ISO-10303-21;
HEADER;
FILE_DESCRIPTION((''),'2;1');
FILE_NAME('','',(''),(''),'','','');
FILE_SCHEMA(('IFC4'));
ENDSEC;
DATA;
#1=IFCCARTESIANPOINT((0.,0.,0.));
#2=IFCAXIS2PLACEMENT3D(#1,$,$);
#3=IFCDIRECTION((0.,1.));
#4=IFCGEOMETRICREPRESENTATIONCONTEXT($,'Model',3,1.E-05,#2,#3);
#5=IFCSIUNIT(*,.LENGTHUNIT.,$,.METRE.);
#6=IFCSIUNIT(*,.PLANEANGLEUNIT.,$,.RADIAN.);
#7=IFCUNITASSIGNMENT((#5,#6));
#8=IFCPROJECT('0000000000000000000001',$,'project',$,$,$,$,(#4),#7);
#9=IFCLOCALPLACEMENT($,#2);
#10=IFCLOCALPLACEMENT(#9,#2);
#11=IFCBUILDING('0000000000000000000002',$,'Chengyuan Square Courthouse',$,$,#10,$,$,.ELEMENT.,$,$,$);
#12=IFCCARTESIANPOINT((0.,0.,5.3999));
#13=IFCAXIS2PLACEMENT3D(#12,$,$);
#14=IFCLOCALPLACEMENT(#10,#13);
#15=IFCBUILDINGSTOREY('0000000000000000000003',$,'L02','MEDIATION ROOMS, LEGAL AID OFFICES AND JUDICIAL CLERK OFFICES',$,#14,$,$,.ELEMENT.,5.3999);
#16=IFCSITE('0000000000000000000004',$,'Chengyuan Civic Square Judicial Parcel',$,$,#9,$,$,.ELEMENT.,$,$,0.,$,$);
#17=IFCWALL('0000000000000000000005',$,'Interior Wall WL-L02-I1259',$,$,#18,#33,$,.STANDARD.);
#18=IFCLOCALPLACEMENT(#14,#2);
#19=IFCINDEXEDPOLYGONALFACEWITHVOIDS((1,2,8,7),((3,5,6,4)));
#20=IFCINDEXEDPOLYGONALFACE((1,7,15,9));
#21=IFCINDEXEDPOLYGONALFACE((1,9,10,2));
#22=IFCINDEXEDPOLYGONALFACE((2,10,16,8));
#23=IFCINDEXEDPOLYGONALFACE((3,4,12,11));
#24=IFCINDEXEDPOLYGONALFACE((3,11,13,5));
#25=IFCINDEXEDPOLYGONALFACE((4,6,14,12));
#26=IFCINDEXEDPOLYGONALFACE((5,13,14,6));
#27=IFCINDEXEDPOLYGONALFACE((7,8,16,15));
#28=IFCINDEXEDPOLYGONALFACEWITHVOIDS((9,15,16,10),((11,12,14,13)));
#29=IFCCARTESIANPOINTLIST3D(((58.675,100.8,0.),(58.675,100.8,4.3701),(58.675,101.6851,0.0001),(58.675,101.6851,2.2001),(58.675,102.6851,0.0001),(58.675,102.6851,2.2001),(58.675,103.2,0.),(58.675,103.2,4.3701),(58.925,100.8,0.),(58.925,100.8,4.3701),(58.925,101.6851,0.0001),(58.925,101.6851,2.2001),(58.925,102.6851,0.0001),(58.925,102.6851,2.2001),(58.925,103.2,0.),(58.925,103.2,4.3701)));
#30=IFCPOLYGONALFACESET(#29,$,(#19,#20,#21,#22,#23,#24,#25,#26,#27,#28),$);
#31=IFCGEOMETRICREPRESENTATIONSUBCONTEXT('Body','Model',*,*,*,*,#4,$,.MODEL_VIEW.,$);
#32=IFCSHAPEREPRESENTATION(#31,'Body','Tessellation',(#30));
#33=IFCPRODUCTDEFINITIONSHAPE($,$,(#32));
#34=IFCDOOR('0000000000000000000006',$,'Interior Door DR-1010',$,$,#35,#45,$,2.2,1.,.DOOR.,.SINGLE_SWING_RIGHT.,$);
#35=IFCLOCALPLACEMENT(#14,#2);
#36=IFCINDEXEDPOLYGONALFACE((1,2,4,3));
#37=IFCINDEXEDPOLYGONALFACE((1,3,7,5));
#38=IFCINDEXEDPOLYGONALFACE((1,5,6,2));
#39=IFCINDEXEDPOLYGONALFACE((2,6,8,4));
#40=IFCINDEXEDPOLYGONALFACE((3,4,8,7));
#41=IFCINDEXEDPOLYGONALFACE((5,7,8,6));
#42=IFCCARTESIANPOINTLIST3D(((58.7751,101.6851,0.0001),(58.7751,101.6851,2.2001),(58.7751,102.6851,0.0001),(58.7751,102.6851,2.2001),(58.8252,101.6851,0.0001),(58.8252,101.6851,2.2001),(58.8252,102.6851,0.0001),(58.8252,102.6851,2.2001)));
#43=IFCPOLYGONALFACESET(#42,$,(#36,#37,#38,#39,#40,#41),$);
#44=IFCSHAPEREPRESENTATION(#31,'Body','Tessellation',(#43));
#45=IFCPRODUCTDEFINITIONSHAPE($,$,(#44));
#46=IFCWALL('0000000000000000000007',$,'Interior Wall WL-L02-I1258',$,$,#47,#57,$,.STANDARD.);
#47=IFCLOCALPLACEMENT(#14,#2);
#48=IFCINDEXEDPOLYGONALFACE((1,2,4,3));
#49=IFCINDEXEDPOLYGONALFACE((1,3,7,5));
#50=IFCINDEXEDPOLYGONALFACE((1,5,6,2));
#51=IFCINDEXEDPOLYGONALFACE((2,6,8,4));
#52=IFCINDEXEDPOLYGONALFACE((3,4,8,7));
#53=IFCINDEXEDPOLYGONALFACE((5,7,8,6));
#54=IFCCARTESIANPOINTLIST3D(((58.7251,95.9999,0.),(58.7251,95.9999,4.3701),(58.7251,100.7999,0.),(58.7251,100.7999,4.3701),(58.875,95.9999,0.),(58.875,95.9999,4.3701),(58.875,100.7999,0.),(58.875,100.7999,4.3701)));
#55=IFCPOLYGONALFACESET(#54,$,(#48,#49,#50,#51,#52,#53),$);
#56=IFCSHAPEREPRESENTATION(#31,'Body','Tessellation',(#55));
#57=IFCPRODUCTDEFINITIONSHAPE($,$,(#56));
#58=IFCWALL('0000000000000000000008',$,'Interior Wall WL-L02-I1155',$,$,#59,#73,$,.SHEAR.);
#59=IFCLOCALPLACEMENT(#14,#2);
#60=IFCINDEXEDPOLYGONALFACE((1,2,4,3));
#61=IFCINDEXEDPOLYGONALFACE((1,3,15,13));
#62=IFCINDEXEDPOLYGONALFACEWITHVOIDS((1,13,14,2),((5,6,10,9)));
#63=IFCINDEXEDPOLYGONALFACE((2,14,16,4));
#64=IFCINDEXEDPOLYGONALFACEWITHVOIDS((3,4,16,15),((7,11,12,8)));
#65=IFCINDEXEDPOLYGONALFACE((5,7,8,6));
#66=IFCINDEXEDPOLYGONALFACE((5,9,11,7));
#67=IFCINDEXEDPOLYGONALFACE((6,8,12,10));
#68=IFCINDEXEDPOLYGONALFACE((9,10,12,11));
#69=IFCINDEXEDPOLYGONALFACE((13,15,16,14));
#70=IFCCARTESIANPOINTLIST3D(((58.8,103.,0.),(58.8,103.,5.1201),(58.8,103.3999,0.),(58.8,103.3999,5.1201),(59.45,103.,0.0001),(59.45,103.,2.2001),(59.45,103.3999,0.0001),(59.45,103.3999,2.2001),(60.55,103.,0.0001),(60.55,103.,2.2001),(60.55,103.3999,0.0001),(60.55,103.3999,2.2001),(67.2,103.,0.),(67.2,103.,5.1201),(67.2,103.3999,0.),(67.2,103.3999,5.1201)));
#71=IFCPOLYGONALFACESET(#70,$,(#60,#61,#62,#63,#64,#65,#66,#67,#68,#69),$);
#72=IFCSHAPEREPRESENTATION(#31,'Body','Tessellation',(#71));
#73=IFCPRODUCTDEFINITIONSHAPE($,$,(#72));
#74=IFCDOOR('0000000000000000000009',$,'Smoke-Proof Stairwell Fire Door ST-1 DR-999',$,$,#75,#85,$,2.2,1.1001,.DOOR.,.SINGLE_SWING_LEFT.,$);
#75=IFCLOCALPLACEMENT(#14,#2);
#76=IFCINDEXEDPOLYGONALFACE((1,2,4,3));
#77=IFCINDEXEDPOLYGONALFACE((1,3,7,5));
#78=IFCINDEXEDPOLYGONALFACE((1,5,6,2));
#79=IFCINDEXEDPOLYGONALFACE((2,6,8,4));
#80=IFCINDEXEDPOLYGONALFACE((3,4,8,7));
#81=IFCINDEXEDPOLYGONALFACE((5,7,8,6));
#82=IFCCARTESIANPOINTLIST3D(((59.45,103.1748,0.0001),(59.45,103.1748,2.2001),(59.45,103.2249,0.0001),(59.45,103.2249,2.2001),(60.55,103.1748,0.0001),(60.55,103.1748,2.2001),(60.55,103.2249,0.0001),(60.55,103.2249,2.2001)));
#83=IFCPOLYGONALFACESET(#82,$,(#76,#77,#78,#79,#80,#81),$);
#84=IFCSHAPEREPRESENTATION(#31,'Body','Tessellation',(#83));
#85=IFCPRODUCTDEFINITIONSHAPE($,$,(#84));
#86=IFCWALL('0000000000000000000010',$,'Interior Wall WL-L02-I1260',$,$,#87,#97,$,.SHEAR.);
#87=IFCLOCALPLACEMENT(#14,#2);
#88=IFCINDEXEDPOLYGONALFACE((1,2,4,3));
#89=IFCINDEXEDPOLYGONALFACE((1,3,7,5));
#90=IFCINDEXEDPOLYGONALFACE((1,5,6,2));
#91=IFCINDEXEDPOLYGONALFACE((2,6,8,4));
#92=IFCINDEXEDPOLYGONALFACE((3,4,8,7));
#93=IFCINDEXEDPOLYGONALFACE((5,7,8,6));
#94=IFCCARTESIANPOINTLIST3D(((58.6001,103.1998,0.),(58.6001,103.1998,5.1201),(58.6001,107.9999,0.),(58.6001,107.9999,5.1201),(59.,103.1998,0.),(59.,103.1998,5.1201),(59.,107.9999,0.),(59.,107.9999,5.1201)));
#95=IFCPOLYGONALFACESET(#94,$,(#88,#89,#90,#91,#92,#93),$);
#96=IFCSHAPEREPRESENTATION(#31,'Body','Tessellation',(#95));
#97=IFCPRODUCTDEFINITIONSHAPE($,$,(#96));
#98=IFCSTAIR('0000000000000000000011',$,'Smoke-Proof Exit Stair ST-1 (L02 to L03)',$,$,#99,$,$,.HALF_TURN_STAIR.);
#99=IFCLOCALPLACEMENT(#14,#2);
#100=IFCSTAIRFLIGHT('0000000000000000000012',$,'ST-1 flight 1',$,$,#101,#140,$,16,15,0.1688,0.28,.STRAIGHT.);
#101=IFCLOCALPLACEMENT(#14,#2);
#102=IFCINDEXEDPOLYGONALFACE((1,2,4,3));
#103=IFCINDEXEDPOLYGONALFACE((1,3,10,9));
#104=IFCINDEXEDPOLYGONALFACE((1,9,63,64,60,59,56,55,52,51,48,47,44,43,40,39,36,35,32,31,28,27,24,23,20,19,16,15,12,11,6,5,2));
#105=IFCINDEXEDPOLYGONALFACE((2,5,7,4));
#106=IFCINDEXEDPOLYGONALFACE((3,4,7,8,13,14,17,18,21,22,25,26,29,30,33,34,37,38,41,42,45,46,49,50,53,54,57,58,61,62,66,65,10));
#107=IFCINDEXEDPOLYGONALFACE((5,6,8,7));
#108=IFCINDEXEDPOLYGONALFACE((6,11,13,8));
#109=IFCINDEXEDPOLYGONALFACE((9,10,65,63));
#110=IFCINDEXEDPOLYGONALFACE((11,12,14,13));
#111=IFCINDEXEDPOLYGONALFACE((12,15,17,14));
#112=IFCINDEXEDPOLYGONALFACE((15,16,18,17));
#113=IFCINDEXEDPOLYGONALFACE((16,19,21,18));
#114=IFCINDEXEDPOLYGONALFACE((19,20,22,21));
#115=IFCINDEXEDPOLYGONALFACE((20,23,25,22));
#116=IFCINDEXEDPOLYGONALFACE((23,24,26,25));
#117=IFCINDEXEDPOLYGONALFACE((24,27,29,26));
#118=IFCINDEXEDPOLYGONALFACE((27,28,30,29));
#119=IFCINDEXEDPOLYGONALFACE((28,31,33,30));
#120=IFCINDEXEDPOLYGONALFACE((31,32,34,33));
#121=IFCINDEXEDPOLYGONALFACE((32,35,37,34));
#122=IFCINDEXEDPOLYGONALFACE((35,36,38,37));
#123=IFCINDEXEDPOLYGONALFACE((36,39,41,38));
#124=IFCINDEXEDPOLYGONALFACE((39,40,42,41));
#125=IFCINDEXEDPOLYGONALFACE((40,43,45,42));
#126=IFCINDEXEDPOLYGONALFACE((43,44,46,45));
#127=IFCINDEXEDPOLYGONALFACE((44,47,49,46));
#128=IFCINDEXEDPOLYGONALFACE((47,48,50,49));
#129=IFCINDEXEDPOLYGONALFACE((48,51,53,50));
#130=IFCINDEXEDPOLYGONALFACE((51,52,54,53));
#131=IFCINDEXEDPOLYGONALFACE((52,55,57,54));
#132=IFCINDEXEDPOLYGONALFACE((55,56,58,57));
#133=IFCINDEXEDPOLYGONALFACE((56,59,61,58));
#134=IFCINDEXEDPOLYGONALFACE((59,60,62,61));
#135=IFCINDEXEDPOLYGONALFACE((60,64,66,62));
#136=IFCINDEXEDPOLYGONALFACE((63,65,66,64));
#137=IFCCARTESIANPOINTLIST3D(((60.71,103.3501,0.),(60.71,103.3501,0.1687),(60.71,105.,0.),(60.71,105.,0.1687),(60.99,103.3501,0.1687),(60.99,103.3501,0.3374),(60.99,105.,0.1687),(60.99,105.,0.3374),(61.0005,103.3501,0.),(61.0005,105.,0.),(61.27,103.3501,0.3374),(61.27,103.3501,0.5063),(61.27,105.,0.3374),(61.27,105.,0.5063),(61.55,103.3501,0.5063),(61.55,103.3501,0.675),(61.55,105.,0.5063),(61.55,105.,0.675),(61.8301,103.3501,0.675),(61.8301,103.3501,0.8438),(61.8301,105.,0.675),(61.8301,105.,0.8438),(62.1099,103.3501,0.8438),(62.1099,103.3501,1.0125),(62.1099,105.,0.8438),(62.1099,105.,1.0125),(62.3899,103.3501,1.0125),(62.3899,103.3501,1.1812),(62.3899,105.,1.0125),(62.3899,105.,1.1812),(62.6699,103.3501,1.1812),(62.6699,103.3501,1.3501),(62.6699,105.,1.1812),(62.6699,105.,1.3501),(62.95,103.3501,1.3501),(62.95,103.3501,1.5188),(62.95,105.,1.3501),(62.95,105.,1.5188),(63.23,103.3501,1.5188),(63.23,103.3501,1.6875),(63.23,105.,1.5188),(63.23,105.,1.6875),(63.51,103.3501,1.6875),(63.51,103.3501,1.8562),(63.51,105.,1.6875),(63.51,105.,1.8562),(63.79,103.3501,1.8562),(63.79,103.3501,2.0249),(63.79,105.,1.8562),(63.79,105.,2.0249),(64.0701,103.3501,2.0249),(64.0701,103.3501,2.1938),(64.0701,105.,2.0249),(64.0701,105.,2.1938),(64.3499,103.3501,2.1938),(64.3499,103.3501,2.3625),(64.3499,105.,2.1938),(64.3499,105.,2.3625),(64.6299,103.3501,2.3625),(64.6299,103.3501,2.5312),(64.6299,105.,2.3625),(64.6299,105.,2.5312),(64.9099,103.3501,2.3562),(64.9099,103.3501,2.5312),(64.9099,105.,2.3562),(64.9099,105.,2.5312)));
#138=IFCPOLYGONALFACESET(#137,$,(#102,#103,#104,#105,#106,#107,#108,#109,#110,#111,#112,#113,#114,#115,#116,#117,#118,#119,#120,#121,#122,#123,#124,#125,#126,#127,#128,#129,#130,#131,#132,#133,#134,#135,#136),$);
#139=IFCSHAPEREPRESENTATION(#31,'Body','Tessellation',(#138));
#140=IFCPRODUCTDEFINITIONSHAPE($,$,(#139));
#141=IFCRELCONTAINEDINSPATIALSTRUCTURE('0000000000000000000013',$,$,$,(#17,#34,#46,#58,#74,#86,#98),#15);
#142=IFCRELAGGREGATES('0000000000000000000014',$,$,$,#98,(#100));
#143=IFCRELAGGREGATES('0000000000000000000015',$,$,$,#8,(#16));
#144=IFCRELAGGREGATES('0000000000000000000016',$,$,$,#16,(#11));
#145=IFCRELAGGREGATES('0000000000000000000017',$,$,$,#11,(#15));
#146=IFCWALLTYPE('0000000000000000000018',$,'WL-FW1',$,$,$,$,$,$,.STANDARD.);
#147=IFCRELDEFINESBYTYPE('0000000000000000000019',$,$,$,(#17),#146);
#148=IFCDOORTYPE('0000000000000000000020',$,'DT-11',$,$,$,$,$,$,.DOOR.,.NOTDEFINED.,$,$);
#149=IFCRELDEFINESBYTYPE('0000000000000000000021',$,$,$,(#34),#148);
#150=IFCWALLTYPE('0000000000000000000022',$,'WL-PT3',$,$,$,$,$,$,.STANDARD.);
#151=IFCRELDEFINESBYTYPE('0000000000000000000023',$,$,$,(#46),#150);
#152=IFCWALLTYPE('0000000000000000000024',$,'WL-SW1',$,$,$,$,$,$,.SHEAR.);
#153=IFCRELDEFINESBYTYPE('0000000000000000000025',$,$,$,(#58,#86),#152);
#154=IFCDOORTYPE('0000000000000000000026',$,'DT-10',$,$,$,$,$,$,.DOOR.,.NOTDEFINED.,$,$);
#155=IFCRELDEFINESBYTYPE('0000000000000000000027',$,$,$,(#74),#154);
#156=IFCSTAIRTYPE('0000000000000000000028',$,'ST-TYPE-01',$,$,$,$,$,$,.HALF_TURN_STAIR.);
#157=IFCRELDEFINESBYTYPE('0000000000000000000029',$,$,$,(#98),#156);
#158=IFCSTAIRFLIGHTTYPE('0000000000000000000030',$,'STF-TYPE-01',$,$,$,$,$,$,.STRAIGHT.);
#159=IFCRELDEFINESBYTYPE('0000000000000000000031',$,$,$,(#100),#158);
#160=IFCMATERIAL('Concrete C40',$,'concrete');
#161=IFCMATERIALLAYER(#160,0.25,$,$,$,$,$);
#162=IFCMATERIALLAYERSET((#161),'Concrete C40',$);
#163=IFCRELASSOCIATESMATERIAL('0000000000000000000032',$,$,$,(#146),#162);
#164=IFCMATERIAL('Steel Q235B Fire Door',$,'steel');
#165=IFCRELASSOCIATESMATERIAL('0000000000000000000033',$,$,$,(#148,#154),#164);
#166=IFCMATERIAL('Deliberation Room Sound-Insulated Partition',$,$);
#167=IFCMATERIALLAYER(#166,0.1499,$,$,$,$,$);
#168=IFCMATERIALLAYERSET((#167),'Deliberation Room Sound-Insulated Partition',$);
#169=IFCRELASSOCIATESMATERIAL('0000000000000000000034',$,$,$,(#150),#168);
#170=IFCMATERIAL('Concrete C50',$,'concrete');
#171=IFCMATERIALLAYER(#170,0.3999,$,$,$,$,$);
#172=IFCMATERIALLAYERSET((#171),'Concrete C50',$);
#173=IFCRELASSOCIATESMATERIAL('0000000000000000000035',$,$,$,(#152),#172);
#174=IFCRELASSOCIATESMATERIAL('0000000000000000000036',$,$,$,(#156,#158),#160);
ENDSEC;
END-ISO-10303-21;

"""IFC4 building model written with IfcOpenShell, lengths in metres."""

from ifc_helpers import new_model, si_unit, direction, frame, frame_2d, origin, place, context, subcontext, project, spatial, polyline, rectangle, outline, extrude, material, layer, layer_set, type_object, element, fill, aggregate, save


model = new_model("IFC4")

# Units and contexts
model_context = context("Model", 3, precision=1e-05, world=origin(), true_north=direction((0.0, 1.0)))
body_context = subcontext(model_context, "Body", "Model", "MODEL_VIEW")
ifc_project = project(units=[si_unit("LENGTHUNIT", "METRE"), si_unit("PLANEANGLEUNIT", "RADIAN")], contexts=[model_context])

# Site, building, storey
site_placement = place(None, origin())
site = spatial("IfcSite", under=ifc_project, at=site_placement, Name="Chengyuan Civic Square Judicial Parcel", CompositionType="ELEMENT", RefElevation=0.0)
building_placement = place(site_placement, origin())
building = spatial("IfcBuilding", under=site, at=building_placement, Name="Chengyuan Square Courthouse", CompositionType="ELEMENT")
storey_placement = place(building_placement, frame((0.0, 0.0, 5.3999)))
storey = spatial("IfcBuildingStorey", under=building, at=storey_placement, Name="L02", Description="MEDIATION ROOMS, LEGAL AID OFFICES AND JUDICIAL CLERK OFFICES", CompositionType="ELEMENT", Elevation=5.3999)

# Shared definitions
ifc_material_1 = material(Name="Concrete C50", Category="concrete")

# Shared definitions
ifc_material_2 = material(Name="Concrete C40", Category="concrete")

# Wall, opening, door
ifc_layer_1 = layer(ifc_material_2, 0.25)
ifc_layer_set_1 = layer_set([ifc_layer_1], Name="Concrete C40")
wall_type_1 = type_object("IfcWallType", Name="WL-FW1", PredefinedType="STANDARD", material=ifc_layer_set_1)
ifc_material_3 = material(Name="Steel Q235B Fire Door", Category="steel")
wall_1_placement = place(storey_placement, frame((58.8, 100.8, 0.0), z_axis=(0.0, 0.0, 1.0), x_axis=(0.0, 1.0, 0.0)))
wall_1 = element("IfcWall", 1, at=wall_1_placement, inside=storey, type_object=wall_type_1, Name="Interior Wall WL-L02-I1259", PredefinedType="STANDARD", context=body_context, shape_type="SweptSolid", body=[
    extrude(rectangle(XDim=2.3999, YDim=0.25, at=frame_2d((1.2, 0.0))), origin(), (0.0, 0.0, 1.0), 4.3701),
])
opening_1_placement = place(wall_1_placement, frame((0.885, 0.0, 0.0)))
opening_1 = element("IfcOpeningElement", 2, at=opening_1_placement, cuts=wall_1, PredefinedType="OPENING", context=body_context, shape_type="SweptSolid", body=[
    extrude(rectangle(XDim=1.0, YDim=2.2, at=frame_2d((0.5, 1.1001))), frame((0.0, 0.137, 0.0), z_axis=(0.0, -1.0, 0.0), x_axis=(1.0, 0.0, 0.0)), (0.0, 0.0, 1.0), 0.2739),
])
door_type_1 = type_object("IfcDoorType", Name="DT-11", OperationType="NOTDEFINED", PredefinedType="DOOR", material=ifc_material_3)
door_1_placement = place(opening_1_placement, origin())
door_1 = element("IfcDoor", 3, at=door_1_placement, inside=storey, type_object=door_type_1, Name="Interior Door DR-1010", OperationType="SINGLE_SWING_RIGHT", OverallHeight=2.2, OverallWidth=1.0, PredefinedType="DOOR", context=body_context, shape_type="SweptSolid", body=[
    extrude(rectangle(XDim=1.0, YDim=2.2, at=frame_2d((0.5, 1.1001))), frame((0.0, 0.0249, 0.0), z_axis=(0.0, -1.0, 0.0), x_axis=(1.0, 0.0, 0.0)), (0.0, 0.0, 1.0), 0.05),
])
fill(opening_1, door_1)
ifc_material_4 = material(Name="Deliberation Room Sound-Insulated Partition")
ifc_layer_2 = layer(ifc_material_4, 0.1499)
ifc_layer_set_2 = layer_set([ifc_layer_2], Name="Deliberation Room Sound-Insulated Partition")
wall_type_2 = type_object("IfcWallType", Name="WL-PT3", PredefinedType="STANDARD", material=ifc_layer_set_2)

# Wall
wall_2_placement = place(storey_placement, frame((58.8, 96.0, 0.0), z_axis=(0.0, 0.0, 1.0), x_axis=(0.0, 1.0, 0.0)))
element("IfcWall", 4, at=wall_2_placement, inside=storey, type_object=wall_type_2, Name="Interior Wall WL-L02-I1258", PredefinedType="STANDARD", context=body_context, shape_type="SweptSolid", body=[
    extrude(rectangle(XDim=4.8, YDim=0.1499, at=frame_2d((2.3999, 0.0))), origin(), (0.0, 0.0, 1.0), 4.3701),
])

# Wall, opening, door
ifc_layer_3 = layer(ifc_material_1, 0.3999)
ifc_layer_set_3 = layer_set([ifc_layer_3], Name="Concrete C50")
wall_type_3 = type_object("IfcWallType", Name="WL-SW1", PredefinedType="SHEAR", material=ifc_layer_set_3)
wall_3_placement = place(storey_placement, frame((58.8, 103.2, 0.0), z_axis=(0.0, 0.0, 1.0), x_axis=(1.0, 0.0, 0.0)))
wall_3 = element("IfcWall", 5, at=wall_3_placement, inside=storey, type_object=wall_type_3, Name="Interior Wall WL-L02-I1155", PredefinedType="SHEAR", context=body_context, shape_type="SweptSolid", body=[
    extrude(rectangle(XDim=8.3999, YDim=0.3999, at=frame_2d((4.2, 0.0))), origin(), (0.0, 0.0, 1.0), 5.1201),
])
opening_2_placement = place(wall_3_placement, frame((0.6499, 0.0, 0.0)))
opening_2 = element("IfcOpeningElement", 6, at=opening_2_placement, cuts=wall_3, PredefinedType="OPENING", context=body_context, shape_type="SweptSolid", body=[
    extrude(rectangle(XDim=1.1001, YDim=2.2, at=frame_2d((0.55, 1.1001))), frame((0.0, 0.2119, 0.0), z_axis=(0.0, -1.0, 0.0), x_axis=(1.0, 0.0, 0.0)), (0.0, 0.0, 1.0), 0.4238),
])
door_type_2 = type_object("IfcDoorType", Name="DT-10", OperationType="NOTDEFINED", PredefinedType="DOOR", material=ifc_material_3)
door_2_placement = place(opening_2_placement, origin())
door_2 = element("IfcDoor", 7, at=door_2_placement, inside=storey, type_object=door_type_2, Name="Smoke-Proof Stairwell Fire Door ST-1 DR-999", OperationType="SINGLE_SWING_LEFT", OverallHeight=2.2, OverallWidth=1.1001, PredefinedType="DOOR", context=body_context, shape_type="SweptSolid", body=[
    extrude(rectangle(XDim=1.1001, YDim=2.2, at=frame_2d((0.55, 1.1001))), frame((0.0, 0.0249, 0.0), z_axis=(0.0, -1.0, 0.0), x_axis=(1.0, 0.0, 0.0)), (0.0, 0.0, 1.0), 0.05),
])
fill(opening_2, door_2)

# Wall
wall_4_placement = place(storey_placement, frame((58.8, 103.2, 0.0), z_axis=(0.0, 0.0, 1.0), x_axis=(0.0, 1.0, 0.0)))
element("IfcWall", 8, at=wall_4_placement, inside=storey, type_object=wall_type_3, Name="Interior Wall WL-L02-I1260", PredefinedType="SHEAR", context=body_context, shape_type="SweptSolid", body=[
    extrude(rectangle(XDim=4.8, YDim=0.3999, at=frame_2d((2.3999, 0.0))), origin(), (0.0, 0.0, 1.0), 5.1201),
])

# Stair, stair flight
stair_type = type_object("IfcStairType", Name="ST-TYPE-01", PredefinedType="HALF_TURN_STAIR", material=ifc_material_2)
stair_placement = place(storey_placement, origin())
stair = element("IfcStair", 9, at=stair_placement, inside=storey, type_object=stair_type, Name="Smoke-Proof Exit Stair ST-1 (L02 to L03)", PredefinedType="HALF_TURN_STAIR")
stair_flight_type = type_object("IfcStairFlightType", Name="STF-TYPE-01", PredefinedType="STRAIGHT", material=ifc_material_2)
stair_flight_placement = place(storey_placement, frame((60.71, 104.175, 0.0), z_axis=(0.0, 0.0, 1.0), x_axis=(1.0, 0.0, 0.0)))
stair_flight = element("IfcStairFlight", 10, at=stair_flight_placement, type_object=stair_flight_type, Name="ST-1 flight 1", NumberOfRisers=16, NumberOfTreads=15, PredefinedType="STRAIGHT", RiserHeight=0.1688, TreadLength=0.28, context=body_context, shape_type="SweptSolid", body=[
    extrude(outline(polyline([(0.0, 0.0), (0.0, 0.1687), (0.28, 0.1687), (0.28, 0.3374), (0.5601, 0.3374), (0.5601, 0.5063), (0.8401, 0.5063), (0.8401, 0.675), (1.1201, 0.675), (1.1201, 0.8438), (1.3999, 0.8438), (1.3999, 1.0125), (1.6799, 1.0125), (1.6799, 1.1812), (1.96, 1.1812), (1.96, 1.3501), (2.24, 1.3501), (2.24, 1.5188), (2.52, 1.5188), (2.52, 1.6875), (2.8, 1.6875), (2.8, 1.8562), (3.0801, 1.8562), (3.0801, 2.0249), (3.3601, 2.0249), (3.3601, 2.1938), (3.6399, 2.1938), (3.6399, 2.3625), (3.9199, 2.3625), (3.9199, 2.5312), (4.2, 2.5312), (4.2, 2.7), (4.2, 2.3562), (0.2905, 0.0), (0.0, 0.0)])), frame((0.0, 0.825, 0.0), z_axis=(0.0, -1.0, 0.0), x_axis=(1.0, 0.0, 0.0)), (0.0, 0.0, 1.0), 1.6499),
])
aggregate(stair, [stair_flight])

save(model, "model.ifc")
